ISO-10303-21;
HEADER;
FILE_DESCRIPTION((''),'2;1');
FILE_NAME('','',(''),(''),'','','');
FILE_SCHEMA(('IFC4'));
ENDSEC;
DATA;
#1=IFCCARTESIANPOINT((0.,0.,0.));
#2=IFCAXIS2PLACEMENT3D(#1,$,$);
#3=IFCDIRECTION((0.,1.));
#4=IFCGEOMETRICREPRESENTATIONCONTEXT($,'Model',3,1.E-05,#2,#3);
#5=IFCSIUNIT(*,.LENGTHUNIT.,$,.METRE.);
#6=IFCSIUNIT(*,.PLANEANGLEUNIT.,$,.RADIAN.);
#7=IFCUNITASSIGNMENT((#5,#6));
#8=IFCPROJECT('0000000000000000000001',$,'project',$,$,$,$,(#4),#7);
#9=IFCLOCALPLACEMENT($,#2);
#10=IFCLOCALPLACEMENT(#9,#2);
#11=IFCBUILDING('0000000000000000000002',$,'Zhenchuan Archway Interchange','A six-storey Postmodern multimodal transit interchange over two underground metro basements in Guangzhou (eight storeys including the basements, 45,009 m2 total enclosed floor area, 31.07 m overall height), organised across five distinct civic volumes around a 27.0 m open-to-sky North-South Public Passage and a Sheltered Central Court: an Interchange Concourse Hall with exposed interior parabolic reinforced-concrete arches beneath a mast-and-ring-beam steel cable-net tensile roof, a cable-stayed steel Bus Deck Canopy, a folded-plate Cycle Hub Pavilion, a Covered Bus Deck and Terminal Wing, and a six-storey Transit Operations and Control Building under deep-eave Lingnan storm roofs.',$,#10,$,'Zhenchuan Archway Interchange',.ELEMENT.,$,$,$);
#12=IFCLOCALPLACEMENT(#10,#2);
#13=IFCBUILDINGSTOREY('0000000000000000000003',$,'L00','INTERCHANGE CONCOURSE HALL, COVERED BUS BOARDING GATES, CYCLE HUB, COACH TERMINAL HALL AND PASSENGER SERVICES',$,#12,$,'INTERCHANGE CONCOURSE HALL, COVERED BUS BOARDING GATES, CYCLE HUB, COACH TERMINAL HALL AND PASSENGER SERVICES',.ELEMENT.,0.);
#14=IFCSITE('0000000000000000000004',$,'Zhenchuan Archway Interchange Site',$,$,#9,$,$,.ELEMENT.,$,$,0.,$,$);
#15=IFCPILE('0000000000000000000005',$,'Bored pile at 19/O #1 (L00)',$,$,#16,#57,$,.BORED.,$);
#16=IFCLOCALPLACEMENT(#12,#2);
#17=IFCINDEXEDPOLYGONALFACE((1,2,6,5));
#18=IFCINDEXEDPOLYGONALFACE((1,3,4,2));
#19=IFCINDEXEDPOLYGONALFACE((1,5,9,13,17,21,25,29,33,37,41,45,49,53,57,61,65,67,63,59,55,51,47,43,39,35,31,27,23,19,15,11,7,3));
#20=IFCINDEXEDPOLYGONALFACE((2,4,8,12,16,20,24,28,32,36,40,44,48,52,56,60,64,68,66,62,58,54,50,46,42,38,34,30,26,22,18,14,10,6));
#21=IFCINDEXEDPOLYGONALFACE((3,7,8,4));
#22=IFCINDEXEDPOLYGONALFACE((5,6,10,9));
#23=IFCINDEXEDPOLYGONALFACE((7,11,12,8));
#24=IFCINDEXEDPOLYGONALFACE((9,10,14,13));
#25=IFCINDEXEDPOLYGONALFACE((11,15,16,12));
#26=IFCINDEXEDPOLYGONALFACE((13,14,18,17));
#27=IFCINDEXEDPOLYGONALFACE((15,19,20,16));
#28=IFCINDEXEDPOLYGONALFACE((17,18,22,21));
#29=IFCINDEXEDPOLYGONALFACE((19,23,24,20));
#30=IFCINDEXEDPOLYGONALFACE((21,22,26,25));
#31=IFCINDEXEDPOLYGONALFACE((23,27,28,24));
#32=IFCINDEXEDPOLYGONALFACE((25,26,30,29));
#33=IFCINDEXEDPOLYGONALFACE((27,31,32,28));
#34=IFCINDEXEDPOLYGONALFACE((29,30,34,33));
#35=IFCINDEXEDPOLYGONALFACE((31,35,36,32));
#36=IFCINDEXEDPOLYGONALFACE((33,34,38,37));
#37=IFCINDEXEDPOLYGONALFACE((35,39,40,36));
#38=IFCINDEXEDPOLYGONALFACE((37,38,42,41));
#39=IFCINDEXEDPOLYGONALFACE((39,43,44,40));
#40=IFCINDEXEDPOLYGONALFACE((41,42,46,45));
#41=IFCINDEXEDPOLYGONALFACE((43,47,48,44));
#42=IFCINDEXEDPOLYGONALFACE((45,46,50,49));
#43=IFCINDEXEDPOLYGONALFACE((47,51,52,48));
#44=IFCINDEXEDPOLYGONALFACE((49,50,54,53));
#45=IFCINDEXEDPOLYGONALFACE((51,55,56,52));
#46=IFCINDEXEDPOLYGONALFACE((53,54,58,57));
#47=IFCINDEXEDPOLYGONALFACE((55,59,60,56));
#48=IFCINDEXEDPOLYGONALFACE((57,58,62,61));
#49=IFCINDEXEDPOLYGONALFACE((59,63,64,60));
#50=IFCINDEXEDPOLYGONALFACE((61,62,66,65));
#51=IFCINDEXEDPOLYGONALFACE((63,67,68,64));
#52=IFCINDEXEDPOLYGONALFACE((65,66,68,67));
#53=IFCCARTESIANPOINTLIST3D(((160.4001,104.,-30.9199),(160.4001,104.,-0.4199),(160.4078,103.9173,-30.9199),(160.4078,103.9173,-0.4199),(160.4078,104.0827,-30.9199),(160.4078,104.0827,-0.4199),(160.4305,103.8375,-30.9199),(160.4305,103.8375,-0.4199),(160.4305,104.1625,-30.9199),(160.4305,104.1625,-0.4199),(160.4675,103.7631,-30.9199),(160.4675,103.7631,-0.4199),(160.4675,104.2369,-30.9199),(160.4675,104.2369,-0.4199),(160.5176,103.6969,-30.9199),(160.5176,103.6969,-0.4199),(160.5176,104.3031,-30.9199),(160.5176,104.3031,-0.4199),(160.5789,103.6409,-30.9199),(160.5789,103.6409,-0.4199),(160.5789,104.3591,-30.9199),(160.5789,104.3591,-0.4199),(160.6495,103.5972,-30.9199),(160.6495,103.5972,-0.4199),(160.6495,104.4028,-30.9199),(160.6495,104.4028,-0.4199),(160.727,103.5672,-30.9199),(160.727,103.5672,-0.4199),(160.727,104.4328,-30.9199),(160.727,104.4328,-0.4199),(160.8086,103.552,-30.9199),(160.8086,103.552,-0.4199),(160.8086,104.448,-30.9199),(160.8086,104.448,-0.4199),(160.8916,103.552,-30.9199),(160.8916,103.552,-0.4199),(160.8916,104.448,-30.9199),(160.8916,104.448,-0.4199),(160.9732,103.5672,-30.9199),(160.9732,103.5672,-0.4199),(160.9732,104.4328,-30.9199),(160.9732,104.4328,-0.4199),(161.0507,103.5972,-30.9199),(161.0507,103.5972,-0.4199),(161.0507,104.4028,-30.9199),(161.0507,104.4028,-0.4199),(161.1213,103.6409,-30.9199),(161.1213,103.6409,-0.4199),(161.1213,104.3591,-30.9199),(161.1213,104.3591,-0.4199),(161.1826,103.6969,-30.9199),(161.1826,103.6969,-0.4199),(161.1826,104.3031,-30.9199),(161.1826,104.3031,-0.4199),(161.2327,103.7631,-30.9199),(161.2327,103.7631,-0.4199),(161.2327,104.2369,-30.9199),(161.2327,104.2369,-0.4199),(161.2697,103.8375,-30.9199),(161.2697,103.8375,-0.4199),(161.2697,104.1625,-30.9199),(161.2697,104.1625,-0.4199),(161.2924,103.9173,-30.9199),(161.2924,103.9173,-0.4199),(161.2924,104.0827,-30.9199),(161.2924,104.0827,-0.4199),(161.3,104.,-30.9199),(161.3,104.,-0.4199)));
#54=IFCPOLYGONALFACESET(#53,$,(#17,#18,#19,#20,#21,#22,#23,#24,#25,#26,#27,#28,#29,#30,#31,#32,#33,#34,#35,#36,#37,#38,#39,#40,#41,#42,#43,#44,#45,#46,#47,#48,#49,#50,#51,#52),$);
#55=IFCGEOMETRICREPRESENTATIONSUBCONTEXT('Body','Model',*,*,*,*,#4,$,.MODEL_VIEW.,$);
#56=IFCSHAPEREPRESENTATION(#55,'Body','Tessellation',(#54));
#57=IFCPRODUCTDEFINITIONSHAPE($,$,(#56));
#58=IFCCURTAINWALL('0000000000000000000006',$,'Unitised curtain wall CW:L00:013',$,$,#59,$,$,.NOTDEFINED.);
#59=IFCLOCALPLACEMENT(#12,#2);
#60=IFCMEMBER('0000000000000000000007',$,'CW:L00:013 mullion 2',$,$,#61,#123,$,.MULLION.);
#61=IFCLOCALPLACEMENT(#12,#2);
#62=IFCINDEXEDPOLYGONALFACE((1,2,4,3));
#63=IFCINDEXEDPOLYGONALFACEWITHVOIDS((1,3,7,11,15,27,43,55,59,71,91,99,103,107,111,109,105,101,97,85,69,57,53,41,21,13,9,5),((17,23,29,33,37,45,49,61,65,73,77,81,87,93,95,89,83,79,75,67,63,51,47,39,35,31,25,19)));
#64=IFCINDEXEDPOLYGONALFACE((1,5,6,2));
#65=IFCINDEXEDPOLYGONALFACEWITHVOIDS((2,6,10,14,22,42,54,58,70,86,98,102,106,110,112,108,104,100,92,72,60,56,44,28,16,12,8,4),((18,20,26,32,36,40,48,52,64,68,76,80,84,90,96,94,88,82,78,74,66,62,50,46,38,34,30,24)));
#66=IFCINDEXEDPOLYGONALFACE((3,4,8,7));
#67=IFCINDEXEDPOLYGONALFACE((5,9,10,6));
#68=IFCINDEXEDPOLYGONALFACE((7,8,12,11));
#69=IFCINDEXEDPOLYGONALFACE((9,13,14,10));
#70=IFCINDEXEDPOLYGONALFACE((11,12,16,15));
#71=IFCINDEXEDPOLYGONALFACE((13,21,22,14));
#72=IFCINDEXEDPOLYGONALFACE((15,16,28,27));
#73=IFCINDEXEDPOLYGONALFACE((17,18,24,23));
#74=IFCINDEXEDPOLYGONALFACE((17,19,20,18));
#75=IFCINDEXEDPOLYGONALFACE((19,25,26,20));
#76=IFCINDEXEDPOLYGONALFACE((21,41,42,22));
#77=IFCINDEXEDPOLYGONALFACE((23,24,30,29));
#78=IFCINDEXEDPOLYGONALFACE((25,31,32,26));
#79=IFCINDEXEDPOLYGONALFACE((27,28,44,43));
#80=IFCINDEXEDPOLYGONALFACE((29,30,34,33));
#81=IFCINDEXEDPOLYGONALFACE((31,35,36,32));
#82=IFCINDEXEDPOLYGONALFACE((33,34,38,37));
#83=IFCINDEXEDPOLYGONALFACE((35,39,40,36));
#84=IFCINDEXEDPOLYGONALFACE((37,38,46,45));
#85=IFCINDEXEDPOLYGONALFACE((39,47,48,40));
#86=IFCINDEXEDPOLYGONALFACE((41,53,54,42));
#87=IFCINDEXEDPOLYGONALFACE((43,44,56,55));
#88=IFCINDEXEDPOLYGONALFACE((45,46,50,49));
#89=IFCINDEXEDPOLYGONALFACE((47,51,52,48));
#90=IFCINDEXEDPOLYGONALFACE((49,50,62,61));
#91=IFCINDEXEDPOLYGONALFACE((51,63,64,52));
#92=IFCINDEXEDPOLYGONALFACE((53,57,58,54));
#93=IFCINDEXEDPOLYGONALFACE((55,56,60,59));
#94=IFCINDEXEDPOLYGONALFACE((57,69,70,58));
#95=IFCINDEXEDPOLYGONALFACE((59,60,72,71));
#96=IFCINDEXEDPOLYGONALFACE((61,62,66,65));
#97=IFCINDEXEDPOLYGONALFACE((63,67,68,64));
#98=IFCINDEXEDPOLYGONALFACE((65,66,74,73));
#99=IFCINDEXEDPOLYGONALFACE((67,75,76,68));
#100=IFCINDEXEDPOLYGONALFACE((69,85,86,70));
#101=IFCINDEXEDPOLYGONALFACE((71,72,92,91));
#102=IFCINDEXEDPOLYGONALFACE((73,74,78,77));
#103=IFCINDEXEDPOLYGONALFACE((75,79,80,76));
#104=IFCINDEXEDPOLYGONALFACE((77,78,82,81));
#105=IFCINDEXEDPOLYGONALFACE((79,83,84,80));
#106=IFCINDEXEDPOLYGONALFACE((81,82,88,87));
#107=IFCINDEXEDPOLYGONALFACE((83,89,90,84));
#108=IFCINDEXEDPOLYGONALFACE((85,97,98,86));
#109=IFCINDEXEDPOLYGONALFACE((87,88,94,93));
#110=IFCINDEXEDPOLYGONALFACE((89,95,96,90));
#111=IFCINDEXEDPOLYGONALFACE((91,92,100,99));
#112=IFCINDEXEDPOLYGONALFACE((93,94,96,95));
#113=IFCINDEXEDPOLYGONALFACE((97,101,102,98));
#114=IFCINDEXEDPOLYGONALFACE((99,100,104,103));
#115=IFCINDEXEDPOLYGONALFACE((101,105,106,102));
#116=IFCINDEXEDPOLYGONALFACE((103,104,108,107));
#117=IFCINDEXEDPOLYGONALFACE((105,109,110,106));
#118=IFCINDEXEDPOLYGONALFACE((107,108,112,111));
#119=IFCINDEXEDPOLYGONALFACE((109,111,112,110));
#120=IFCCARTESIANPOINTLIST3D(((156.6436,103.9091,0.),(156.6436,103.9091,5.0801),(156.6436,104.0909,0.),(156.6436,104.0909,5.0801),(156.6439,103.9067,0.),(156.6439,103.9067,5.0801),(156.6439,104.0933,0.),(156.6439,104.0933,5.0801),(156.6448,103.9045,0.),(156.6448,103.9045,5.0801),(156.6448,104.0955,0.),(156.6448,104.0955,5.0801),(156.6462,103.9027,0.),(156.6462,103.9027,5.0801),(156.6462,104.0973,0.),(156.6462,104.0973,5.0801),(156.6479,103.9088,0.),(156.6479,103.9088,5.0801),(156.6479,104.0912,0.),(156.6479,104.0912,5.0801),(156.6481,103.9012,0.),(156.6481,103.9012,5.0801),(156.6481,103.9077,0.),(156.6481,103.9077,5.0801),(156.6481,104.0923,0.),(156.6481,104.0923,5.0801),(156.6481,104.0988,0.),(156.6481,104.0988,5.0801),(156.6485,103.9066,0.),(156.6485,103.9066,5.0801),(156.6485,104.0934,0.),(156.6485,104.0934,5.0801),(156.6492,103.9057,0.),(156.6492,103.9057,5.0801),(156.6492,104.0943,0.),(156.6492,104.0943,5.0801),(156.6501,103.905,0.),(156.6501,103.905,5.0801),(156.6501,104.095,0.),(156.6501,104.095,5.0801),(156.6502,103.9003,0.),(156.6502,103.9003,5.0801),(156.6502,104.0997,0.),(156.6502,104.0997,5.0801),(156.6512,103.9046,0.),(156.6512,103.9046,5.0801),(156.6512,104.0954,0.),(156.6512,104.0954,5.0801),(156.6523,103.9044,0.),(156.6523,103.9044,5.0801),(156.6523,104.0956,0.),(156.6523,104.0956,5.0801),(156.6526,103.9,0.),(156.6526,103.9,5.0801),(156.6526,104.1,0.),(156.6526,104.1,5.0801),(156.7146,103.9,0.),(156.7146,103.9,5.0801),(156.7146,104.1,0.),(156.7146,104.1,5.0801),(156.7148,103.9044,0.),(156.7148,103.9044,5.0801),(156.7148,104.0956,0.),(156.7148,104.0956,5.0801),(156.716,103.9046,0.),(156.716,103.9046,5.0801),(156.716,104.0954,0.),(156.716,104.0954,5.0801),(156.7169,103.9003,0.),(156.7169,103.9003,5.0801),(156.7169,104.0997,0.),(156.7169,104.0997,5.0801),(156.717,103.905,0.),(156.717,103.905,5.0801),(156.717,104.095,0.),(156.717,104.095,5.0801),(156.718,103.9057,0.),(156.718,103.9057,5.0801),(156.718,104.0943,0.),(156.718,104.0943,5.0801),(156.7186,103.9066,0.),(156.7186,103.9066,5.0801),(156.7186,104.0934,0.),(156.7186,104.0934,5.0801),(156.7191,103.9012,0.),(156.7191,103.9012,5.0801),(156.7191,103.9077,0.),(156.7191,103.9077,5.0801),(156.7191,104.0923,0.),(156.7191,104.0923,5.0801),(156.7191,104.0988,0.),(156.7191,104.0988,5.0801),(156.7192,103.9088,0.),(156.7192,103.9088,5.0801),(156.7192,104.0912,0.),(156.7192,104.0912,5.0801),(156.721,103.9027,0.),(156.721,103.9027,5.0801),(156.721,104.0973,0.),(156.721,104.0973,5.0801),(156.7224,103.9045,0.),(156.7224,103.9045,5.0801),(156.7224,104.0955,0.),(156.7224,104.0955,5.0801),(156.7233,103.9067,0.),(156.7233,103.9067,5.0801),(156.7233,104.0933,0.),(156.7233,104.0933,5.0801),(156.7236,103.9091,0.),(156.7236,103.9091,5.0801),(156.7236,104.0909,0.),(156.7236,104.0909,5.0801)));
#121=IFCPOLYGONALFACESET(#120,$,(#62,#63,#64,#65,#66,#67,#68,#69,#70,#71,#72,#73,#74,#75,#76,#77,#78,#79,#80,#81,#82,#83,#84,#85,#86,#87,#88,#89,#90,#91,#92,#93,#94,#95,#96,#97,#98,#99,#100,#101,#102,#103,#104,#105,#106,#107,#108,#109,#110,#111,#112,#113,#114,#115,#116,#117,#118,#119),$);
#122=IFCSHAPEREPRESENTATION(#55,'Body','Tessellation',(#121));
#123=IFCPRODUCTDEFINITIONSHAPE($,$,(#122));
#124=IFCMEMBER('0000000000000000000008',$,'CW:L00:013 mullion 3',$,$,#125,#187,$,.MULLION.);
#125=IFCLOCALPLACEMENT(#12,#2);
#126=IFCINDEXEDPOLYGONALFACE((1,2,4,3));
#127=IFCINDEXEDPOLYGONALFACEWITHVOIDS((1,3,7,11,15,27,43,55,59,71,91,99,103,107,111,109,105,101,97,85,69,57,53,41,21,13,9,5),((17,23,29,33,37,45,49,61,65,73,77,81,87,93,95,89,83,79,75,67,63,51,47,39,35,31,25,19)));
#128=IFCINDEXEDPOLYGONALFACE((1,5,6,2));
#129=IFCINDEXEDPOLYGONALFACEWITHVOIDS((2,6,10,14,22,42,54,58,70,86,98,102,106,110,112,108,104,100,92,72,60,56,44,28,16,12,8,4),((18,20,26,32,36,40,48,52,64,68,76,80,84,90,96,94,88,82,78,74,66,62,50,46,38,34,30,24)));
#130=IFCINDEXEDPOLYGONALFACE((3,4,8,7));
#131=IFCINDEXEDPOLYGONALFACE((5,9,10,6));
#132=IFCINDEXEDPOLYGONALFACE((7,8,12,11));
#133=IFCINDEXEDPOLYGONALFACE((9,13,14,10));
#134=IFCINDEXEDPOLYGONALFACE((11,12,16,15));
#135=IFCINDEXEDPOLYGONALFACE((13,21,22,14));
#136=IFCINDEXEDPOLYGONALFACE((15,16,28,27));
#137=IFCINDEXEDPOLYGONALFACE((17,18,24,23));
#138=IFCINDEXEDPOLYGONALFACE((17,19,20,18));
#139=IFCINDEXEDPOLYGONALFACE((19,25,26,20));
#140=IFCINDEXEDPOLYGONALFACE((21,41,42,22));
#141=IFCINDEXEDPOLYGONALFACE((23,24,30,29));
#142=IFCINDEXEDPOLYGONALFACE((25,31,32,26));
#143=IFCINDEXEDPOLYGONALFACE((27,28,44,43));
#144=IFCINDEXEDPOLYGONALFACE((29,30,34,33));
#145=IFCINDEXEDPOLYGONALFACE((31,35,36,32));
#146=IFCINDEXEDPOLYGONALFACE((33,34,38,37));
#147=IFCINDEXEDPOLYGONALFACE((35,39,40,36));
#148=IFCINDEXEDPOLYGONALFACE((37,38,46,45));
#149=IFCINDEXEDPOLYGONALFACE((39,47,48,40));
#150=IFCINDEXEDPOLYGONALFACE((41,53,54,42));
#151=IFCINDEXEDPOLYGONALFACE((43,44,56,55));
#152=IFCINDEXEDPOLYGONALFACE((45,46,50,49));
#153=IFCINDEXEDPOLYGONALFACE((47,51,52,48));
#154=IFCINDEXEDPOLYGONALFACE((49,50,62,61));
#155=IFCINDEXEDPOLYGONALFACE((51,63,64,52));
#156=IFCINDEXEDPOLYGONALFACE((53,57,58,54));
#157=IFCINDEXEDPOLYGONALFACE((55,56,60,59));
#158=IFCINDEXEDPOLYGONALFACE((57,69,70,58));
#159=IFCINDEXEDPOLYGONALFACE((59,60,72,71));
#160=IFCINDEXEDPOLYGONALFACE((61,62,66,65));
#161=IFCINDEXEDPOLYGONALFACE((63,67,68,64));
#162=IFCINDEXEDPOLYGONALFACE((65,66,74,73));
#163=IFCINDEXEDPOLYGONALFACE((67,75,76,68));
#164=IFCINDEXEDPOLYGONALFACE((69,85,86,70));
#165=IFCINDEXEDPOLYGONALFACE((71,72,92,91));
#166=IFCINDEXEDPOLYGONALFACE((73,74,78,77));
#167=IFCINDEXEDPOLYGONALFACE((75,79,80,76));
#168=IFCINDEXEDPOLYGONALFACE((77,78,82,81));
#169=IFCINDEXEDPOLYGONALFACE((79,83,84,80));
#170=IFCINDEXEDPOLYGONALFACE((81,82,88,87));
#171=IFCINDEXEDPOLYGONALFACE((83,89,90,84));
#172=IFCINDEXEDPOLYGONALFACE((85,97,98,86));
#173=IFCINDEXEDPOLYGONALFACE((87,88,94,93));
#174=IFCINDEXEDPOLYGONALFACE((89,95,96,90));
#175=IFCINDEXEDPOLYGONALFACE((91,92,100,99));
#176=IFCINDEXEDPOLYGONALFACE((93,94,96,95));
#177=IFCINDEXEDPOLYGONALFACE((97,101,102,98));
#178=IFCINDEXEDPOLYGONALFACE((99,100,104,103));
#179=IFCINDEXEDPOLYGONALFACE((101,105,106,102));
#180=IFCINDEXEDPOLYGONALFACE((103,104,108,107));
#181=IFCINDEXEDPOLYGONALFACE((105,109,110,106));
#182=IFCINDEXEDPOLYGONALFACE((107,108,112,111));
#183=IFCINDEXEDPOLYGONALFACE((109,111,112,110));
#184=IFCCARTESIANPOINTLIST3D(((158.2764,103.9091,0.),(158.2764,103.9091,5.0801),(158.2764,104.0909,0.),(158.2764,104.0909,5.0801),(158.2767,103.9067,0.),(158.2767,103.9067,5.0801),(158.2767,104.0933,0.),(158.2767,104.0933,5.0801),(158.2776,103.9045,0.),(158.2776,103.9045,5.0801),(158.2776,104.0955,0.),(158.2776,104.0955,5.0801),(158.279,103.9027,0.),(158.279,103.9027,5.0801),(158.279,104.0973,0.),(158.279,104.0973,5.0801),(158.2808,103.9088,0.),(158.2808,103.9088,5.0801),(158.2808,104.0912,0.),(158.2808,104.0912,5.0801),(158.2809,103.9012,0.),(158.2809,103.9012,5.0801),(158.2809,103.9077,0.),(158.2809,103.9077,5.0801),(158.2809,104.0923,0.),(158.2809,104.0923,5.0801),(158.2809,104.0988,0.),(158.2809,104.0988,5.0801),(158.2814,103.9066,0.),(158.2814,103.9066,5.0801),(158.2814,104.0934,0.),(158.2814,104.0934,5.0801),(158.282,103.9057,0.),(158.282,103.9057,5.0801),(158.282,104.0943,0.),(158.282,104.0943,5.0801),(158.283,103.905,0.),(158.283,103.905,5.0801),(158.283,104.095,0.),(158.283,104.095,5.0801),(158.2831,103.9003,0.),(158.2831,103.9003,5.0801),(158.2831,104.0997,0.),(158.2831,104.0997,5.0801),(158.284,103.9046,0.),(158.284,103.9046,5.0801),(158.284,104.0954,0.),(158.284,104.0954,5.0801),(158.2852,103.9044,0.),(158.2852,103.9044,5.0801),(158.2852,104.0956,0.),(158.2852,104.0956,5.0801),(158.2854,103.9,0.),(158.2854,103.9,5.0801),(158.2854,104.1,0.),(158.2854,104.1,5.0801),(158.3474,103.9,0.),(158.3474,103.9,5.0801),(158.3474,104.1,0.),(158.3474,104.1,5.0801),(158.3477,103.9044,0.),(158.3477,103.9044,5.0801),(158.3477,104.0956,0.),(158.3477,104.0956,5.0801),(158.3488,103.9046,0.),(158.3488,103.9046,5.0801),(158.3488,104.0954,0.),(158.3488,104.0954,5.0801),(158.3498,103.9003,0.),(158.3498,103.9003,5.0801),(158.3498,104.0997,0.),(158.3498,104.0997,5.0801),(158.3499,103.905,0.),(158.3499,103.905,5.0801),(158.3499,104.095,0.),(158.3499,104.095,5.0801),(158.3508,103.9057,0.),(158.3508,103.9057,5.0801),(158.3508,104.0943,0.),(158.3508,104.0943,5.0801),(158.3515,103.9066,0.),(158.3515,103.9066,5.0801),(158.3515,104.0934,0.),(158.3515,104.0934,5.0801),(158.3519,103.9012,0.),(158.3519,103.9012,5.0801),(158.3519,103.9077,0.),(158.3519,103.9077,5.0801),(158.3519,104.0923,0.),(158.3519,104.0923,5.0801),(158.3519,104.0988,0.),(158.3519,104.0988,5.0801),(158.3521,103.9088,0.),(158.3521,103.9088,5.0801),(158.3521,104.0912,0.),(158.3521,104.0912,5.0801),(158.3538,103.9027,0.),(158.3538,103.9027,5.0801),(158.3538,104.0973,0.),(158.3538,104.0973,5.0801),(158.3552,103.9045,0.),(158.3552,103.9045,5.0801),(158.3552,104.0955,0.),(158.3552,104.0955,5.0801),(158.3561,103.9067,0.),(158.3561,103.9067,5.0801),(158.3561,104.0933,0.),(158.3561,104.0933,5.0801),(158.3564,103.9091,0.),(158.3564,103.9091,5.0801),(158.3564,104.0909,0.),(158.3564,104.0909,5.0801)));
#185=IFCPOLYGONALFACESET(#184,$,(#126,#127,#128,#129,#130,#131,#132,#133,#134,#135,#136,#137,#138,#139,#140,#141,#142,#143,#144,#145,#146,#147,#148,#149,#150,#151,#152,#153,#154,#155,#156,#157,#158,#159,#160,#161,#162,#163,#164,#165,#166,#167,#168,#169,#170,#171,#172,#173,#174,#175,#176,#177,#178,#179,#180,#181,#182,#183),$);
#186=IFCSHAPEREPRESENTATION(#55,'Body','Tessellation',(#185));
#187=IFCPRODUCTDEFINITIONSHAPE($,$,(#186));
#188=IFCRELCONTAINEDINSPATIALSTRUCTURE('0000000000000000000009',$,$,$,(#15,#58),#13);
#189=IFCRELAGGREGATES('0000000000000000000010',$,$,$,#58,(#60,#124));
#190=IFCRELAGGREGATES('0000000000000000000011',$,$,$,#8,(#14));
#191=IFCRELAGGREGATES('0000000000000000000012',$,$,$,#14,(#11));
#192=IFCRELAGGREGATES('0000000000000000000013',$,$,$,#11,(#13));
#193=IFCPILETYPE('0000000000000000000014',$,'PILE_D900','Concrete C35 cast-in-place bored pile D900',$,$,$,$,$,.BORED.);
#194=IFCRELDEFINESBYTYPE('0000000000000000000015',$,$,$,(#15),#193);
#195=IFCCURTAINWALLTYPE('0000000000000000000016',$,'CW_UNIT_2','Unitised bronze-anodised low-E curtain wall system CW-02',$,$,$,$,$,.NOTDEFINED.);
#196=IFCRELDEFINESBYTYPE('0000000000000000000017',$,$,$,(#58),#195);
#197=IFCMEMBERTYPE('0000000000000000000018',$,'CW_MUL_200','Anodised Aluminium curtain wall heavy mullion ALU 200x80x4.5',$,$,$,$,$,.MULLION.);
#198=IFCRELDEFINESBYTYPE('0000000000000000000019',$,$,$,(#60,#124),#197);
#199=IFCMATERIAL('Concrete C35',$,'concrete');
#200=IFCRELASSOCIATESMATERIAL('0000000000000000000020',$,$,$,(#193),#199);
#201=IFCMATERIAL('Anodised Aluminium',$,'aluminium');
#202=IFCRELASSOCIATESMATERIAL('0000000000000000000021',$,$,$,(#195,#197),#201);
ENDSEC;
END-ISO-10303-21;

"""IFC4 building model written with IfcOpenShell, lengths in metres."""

from ifc_helpers import new_model, si_unit, direction, frame, origin, origin_2d, place, context, subcontext, project, spatial, hollow_rectangle, circle, extrude, material, material_profile, profile_set, type_object, element, aggregate, save


model = new_model("IFC4")

# Units and contexts
model_context = context("Model", 3, precision=1e-05, world=origin(), true_north=direction((0.0, 1.0)))
body_context = subcontext(model_context, "Body", "Model", "MODEL_VIEW")
ifc_project = project(units=[si_unit("LENGTHUNIT", "METRE"), si_unit("PLANEANGLEUNIT", "RADIAN")], contexts=[model_context])

# Site, building, storey
site_placement = place(None, origin())
site = spatial("IfcSite", under=ifc_project, at=site_placement, Name="Zhenchuan Archway Interchange Site", CompositionType="ELEMENT", RefElevation=0.0)
building_placement = place(site_placement, origin())
building = spatial("IfcBuilding", under=site, at=building_placement, Name="Zhenchuan Archway Interchange", Description="A six-storey Postmodern multimodal transit interchange over two underground metro basements in Guangzhou (eight storeys including the basements, 45,009 m2 total enclosed floor area, 31.07 m overall height), organised across five distinct civic volumes around a 27.0 m open-to-sky North-South Public Passage and a Sheltered Central Court: an Interchange Concourse Hall with exposed interior parabolic reinforced-concrete arches beneath a mast-and-ring-beam steel cable-net tensile roof, a cable-stayed steel Bus Deck Canopy, a folded-plate Cycle Hub Pavilion, a Covered Bus Deck and Terminal Wing, and a six-storey Transit Operations and Control Building under deep-eave Lingnan storm roofs.", LongName="Zhenchuan Archway Interchange", CompositionType="ELEMENT")
storey_placement = place(building_placement, origin())
storey = spatial("IfcBuildingStorey", under=building, at=storey_placement, Name="L00", Description="INTERCHANGE CONCOURSE HALL, COVERED BUS BOARDING GATES, CYCLE HUB, COACH TERMINAL HALL AND PASSENGER SERVICES", LongName="INTERCHANGE CONCOURSE HALL, COVERED BUS BOARDING GATES, CYCLE HUB, COACH TERMINAL HALL AND PASSENGER SERVICES", CompositionType="ELEMENT", Elevation=0.0)

# Pile
ifc_material_1 = material(Name="Concrete C35", Category="concrete")
ifc_material_profile_1 = material_profile(ifc_material_1, circle(Radius=0.45, at=origin_2d()), Name="BORED PILE 900")
ifc_profile_set_1 = profile_set([ifc_material_profile_1], Name="Concrete C35")
pile_type = type_object("IfcPileType", Name="PILE_D900", Description="Concrete C35 cast-in-place bored pile D900", PredefinedType="BORED", material=ifc_profile_set_1)
pile_placement = place(storey_placement, frame((160.8501, 104.0, -0.4199), z_axis=(0.0, 0.0, -1.0), x_axis=(1.0, 0.0, 0.0)))
element("IfcPile", 1, at=pile_placement, inside=storey, type_object=pile_type, Name="Bored pile at 19/O #1 (L00)", PredefinedType="BORED", context=body_context, shape_type="SweptSolid", body=[
    extrude(circle(Radius=0.45, at=origin_2d()), origin(), (0.0, 0.0, 1.0), 30.5),
])

# Curtain wall, members
ifc_material_2 = material(Name="Anodised Aluminium", Category="aluminium")
curtain_wall_type = type_object("IfcCurtainWallType", Name="CW_UNIT_2", Description="Unitised bronze-anodised low-E curtain wall system CW-02", PredefinedType="NOTDEFINED", material=ifc_material_2)
curtain_wall_placement = place(storey_placement, origin())
curtain_wall = element("IfcCurtainWall", 2, at=curtain_wall_placement, inside=storey, type_object=curtain_wall_type, Name="Unitised curtain wall CW:L00:013", PredefinedType="NOTDEFINED")
ifc_material_profile_2 = material_profile(ifc_material_2, hollow_rectangle(XDim=0.0801, YDim=0.2, WallThickness=0.0044, InnerFilletRadius=0.0044, OuterFilletRadius=0.009, at=origin_2d()), Name="ALU 200x80x4.5")
ifc_profile_set_2 = profile_set([ifc_material_profile_2], Name="Anodised Aluminium")
member_type_1 = type_object("IfcMemberType", Name="CW_MUL_200", Description="Anodised Aluminium curtain wall heavy mullion ALU 200x80x4.5", PredefinedType="MULLION", material=ifc_profile_set_2)
member_1_placement = place(storey_placement, frame((156.6836, 104.0, 0.0), z_axis=(0.0, 0.0, 1.0), x_axis=(1.0, 0.0, 0.0)))
member_1 = element("IfcMember", 3, at=member_1_placement, type_object=member_type_1, Name="CW:L00:013 mullion 2", PredefinedType="MULLION", context=body_context, shape_type="SweptSolid", body=[
    extrude(hollow_rectangle(XDim=0.0801, YDim=0.2, WallThickness=0.0044, InnerFilletRadius=0.0044, OuterFilletRadius=0.009, at=origin_2d()), origin(), (0.0, 0.0, 1.0), 5.0801),
])
member_2_placement = place(storey_placement, frame((158.3164, 104.0, 0.0), z_axis=(0.0, 0.0, 1.0), x_axis=(1.0, 0.0, 0.0)))
member_2 = element("IfcMember", 4, at=member_2_placement, type_object=member_type_1, Name="CW:L00:013 mullion 3", PredefinedType="MULLION", context=body_context, shape_type="SweptSolid", body=[
    extrude(hollow_rectangle(XDim=0.0801, YDim=0.2, WallThickness=0.0044, InnerFilletRadius=0.0044, OuterFilletRadius=0.009, at=origin_2d()), origin(), (0.0, 0.0, 1.0), 5.0801),
])
aggregate(curtain_wall, [member_1, member_2])

save(model, "model.ifc")
